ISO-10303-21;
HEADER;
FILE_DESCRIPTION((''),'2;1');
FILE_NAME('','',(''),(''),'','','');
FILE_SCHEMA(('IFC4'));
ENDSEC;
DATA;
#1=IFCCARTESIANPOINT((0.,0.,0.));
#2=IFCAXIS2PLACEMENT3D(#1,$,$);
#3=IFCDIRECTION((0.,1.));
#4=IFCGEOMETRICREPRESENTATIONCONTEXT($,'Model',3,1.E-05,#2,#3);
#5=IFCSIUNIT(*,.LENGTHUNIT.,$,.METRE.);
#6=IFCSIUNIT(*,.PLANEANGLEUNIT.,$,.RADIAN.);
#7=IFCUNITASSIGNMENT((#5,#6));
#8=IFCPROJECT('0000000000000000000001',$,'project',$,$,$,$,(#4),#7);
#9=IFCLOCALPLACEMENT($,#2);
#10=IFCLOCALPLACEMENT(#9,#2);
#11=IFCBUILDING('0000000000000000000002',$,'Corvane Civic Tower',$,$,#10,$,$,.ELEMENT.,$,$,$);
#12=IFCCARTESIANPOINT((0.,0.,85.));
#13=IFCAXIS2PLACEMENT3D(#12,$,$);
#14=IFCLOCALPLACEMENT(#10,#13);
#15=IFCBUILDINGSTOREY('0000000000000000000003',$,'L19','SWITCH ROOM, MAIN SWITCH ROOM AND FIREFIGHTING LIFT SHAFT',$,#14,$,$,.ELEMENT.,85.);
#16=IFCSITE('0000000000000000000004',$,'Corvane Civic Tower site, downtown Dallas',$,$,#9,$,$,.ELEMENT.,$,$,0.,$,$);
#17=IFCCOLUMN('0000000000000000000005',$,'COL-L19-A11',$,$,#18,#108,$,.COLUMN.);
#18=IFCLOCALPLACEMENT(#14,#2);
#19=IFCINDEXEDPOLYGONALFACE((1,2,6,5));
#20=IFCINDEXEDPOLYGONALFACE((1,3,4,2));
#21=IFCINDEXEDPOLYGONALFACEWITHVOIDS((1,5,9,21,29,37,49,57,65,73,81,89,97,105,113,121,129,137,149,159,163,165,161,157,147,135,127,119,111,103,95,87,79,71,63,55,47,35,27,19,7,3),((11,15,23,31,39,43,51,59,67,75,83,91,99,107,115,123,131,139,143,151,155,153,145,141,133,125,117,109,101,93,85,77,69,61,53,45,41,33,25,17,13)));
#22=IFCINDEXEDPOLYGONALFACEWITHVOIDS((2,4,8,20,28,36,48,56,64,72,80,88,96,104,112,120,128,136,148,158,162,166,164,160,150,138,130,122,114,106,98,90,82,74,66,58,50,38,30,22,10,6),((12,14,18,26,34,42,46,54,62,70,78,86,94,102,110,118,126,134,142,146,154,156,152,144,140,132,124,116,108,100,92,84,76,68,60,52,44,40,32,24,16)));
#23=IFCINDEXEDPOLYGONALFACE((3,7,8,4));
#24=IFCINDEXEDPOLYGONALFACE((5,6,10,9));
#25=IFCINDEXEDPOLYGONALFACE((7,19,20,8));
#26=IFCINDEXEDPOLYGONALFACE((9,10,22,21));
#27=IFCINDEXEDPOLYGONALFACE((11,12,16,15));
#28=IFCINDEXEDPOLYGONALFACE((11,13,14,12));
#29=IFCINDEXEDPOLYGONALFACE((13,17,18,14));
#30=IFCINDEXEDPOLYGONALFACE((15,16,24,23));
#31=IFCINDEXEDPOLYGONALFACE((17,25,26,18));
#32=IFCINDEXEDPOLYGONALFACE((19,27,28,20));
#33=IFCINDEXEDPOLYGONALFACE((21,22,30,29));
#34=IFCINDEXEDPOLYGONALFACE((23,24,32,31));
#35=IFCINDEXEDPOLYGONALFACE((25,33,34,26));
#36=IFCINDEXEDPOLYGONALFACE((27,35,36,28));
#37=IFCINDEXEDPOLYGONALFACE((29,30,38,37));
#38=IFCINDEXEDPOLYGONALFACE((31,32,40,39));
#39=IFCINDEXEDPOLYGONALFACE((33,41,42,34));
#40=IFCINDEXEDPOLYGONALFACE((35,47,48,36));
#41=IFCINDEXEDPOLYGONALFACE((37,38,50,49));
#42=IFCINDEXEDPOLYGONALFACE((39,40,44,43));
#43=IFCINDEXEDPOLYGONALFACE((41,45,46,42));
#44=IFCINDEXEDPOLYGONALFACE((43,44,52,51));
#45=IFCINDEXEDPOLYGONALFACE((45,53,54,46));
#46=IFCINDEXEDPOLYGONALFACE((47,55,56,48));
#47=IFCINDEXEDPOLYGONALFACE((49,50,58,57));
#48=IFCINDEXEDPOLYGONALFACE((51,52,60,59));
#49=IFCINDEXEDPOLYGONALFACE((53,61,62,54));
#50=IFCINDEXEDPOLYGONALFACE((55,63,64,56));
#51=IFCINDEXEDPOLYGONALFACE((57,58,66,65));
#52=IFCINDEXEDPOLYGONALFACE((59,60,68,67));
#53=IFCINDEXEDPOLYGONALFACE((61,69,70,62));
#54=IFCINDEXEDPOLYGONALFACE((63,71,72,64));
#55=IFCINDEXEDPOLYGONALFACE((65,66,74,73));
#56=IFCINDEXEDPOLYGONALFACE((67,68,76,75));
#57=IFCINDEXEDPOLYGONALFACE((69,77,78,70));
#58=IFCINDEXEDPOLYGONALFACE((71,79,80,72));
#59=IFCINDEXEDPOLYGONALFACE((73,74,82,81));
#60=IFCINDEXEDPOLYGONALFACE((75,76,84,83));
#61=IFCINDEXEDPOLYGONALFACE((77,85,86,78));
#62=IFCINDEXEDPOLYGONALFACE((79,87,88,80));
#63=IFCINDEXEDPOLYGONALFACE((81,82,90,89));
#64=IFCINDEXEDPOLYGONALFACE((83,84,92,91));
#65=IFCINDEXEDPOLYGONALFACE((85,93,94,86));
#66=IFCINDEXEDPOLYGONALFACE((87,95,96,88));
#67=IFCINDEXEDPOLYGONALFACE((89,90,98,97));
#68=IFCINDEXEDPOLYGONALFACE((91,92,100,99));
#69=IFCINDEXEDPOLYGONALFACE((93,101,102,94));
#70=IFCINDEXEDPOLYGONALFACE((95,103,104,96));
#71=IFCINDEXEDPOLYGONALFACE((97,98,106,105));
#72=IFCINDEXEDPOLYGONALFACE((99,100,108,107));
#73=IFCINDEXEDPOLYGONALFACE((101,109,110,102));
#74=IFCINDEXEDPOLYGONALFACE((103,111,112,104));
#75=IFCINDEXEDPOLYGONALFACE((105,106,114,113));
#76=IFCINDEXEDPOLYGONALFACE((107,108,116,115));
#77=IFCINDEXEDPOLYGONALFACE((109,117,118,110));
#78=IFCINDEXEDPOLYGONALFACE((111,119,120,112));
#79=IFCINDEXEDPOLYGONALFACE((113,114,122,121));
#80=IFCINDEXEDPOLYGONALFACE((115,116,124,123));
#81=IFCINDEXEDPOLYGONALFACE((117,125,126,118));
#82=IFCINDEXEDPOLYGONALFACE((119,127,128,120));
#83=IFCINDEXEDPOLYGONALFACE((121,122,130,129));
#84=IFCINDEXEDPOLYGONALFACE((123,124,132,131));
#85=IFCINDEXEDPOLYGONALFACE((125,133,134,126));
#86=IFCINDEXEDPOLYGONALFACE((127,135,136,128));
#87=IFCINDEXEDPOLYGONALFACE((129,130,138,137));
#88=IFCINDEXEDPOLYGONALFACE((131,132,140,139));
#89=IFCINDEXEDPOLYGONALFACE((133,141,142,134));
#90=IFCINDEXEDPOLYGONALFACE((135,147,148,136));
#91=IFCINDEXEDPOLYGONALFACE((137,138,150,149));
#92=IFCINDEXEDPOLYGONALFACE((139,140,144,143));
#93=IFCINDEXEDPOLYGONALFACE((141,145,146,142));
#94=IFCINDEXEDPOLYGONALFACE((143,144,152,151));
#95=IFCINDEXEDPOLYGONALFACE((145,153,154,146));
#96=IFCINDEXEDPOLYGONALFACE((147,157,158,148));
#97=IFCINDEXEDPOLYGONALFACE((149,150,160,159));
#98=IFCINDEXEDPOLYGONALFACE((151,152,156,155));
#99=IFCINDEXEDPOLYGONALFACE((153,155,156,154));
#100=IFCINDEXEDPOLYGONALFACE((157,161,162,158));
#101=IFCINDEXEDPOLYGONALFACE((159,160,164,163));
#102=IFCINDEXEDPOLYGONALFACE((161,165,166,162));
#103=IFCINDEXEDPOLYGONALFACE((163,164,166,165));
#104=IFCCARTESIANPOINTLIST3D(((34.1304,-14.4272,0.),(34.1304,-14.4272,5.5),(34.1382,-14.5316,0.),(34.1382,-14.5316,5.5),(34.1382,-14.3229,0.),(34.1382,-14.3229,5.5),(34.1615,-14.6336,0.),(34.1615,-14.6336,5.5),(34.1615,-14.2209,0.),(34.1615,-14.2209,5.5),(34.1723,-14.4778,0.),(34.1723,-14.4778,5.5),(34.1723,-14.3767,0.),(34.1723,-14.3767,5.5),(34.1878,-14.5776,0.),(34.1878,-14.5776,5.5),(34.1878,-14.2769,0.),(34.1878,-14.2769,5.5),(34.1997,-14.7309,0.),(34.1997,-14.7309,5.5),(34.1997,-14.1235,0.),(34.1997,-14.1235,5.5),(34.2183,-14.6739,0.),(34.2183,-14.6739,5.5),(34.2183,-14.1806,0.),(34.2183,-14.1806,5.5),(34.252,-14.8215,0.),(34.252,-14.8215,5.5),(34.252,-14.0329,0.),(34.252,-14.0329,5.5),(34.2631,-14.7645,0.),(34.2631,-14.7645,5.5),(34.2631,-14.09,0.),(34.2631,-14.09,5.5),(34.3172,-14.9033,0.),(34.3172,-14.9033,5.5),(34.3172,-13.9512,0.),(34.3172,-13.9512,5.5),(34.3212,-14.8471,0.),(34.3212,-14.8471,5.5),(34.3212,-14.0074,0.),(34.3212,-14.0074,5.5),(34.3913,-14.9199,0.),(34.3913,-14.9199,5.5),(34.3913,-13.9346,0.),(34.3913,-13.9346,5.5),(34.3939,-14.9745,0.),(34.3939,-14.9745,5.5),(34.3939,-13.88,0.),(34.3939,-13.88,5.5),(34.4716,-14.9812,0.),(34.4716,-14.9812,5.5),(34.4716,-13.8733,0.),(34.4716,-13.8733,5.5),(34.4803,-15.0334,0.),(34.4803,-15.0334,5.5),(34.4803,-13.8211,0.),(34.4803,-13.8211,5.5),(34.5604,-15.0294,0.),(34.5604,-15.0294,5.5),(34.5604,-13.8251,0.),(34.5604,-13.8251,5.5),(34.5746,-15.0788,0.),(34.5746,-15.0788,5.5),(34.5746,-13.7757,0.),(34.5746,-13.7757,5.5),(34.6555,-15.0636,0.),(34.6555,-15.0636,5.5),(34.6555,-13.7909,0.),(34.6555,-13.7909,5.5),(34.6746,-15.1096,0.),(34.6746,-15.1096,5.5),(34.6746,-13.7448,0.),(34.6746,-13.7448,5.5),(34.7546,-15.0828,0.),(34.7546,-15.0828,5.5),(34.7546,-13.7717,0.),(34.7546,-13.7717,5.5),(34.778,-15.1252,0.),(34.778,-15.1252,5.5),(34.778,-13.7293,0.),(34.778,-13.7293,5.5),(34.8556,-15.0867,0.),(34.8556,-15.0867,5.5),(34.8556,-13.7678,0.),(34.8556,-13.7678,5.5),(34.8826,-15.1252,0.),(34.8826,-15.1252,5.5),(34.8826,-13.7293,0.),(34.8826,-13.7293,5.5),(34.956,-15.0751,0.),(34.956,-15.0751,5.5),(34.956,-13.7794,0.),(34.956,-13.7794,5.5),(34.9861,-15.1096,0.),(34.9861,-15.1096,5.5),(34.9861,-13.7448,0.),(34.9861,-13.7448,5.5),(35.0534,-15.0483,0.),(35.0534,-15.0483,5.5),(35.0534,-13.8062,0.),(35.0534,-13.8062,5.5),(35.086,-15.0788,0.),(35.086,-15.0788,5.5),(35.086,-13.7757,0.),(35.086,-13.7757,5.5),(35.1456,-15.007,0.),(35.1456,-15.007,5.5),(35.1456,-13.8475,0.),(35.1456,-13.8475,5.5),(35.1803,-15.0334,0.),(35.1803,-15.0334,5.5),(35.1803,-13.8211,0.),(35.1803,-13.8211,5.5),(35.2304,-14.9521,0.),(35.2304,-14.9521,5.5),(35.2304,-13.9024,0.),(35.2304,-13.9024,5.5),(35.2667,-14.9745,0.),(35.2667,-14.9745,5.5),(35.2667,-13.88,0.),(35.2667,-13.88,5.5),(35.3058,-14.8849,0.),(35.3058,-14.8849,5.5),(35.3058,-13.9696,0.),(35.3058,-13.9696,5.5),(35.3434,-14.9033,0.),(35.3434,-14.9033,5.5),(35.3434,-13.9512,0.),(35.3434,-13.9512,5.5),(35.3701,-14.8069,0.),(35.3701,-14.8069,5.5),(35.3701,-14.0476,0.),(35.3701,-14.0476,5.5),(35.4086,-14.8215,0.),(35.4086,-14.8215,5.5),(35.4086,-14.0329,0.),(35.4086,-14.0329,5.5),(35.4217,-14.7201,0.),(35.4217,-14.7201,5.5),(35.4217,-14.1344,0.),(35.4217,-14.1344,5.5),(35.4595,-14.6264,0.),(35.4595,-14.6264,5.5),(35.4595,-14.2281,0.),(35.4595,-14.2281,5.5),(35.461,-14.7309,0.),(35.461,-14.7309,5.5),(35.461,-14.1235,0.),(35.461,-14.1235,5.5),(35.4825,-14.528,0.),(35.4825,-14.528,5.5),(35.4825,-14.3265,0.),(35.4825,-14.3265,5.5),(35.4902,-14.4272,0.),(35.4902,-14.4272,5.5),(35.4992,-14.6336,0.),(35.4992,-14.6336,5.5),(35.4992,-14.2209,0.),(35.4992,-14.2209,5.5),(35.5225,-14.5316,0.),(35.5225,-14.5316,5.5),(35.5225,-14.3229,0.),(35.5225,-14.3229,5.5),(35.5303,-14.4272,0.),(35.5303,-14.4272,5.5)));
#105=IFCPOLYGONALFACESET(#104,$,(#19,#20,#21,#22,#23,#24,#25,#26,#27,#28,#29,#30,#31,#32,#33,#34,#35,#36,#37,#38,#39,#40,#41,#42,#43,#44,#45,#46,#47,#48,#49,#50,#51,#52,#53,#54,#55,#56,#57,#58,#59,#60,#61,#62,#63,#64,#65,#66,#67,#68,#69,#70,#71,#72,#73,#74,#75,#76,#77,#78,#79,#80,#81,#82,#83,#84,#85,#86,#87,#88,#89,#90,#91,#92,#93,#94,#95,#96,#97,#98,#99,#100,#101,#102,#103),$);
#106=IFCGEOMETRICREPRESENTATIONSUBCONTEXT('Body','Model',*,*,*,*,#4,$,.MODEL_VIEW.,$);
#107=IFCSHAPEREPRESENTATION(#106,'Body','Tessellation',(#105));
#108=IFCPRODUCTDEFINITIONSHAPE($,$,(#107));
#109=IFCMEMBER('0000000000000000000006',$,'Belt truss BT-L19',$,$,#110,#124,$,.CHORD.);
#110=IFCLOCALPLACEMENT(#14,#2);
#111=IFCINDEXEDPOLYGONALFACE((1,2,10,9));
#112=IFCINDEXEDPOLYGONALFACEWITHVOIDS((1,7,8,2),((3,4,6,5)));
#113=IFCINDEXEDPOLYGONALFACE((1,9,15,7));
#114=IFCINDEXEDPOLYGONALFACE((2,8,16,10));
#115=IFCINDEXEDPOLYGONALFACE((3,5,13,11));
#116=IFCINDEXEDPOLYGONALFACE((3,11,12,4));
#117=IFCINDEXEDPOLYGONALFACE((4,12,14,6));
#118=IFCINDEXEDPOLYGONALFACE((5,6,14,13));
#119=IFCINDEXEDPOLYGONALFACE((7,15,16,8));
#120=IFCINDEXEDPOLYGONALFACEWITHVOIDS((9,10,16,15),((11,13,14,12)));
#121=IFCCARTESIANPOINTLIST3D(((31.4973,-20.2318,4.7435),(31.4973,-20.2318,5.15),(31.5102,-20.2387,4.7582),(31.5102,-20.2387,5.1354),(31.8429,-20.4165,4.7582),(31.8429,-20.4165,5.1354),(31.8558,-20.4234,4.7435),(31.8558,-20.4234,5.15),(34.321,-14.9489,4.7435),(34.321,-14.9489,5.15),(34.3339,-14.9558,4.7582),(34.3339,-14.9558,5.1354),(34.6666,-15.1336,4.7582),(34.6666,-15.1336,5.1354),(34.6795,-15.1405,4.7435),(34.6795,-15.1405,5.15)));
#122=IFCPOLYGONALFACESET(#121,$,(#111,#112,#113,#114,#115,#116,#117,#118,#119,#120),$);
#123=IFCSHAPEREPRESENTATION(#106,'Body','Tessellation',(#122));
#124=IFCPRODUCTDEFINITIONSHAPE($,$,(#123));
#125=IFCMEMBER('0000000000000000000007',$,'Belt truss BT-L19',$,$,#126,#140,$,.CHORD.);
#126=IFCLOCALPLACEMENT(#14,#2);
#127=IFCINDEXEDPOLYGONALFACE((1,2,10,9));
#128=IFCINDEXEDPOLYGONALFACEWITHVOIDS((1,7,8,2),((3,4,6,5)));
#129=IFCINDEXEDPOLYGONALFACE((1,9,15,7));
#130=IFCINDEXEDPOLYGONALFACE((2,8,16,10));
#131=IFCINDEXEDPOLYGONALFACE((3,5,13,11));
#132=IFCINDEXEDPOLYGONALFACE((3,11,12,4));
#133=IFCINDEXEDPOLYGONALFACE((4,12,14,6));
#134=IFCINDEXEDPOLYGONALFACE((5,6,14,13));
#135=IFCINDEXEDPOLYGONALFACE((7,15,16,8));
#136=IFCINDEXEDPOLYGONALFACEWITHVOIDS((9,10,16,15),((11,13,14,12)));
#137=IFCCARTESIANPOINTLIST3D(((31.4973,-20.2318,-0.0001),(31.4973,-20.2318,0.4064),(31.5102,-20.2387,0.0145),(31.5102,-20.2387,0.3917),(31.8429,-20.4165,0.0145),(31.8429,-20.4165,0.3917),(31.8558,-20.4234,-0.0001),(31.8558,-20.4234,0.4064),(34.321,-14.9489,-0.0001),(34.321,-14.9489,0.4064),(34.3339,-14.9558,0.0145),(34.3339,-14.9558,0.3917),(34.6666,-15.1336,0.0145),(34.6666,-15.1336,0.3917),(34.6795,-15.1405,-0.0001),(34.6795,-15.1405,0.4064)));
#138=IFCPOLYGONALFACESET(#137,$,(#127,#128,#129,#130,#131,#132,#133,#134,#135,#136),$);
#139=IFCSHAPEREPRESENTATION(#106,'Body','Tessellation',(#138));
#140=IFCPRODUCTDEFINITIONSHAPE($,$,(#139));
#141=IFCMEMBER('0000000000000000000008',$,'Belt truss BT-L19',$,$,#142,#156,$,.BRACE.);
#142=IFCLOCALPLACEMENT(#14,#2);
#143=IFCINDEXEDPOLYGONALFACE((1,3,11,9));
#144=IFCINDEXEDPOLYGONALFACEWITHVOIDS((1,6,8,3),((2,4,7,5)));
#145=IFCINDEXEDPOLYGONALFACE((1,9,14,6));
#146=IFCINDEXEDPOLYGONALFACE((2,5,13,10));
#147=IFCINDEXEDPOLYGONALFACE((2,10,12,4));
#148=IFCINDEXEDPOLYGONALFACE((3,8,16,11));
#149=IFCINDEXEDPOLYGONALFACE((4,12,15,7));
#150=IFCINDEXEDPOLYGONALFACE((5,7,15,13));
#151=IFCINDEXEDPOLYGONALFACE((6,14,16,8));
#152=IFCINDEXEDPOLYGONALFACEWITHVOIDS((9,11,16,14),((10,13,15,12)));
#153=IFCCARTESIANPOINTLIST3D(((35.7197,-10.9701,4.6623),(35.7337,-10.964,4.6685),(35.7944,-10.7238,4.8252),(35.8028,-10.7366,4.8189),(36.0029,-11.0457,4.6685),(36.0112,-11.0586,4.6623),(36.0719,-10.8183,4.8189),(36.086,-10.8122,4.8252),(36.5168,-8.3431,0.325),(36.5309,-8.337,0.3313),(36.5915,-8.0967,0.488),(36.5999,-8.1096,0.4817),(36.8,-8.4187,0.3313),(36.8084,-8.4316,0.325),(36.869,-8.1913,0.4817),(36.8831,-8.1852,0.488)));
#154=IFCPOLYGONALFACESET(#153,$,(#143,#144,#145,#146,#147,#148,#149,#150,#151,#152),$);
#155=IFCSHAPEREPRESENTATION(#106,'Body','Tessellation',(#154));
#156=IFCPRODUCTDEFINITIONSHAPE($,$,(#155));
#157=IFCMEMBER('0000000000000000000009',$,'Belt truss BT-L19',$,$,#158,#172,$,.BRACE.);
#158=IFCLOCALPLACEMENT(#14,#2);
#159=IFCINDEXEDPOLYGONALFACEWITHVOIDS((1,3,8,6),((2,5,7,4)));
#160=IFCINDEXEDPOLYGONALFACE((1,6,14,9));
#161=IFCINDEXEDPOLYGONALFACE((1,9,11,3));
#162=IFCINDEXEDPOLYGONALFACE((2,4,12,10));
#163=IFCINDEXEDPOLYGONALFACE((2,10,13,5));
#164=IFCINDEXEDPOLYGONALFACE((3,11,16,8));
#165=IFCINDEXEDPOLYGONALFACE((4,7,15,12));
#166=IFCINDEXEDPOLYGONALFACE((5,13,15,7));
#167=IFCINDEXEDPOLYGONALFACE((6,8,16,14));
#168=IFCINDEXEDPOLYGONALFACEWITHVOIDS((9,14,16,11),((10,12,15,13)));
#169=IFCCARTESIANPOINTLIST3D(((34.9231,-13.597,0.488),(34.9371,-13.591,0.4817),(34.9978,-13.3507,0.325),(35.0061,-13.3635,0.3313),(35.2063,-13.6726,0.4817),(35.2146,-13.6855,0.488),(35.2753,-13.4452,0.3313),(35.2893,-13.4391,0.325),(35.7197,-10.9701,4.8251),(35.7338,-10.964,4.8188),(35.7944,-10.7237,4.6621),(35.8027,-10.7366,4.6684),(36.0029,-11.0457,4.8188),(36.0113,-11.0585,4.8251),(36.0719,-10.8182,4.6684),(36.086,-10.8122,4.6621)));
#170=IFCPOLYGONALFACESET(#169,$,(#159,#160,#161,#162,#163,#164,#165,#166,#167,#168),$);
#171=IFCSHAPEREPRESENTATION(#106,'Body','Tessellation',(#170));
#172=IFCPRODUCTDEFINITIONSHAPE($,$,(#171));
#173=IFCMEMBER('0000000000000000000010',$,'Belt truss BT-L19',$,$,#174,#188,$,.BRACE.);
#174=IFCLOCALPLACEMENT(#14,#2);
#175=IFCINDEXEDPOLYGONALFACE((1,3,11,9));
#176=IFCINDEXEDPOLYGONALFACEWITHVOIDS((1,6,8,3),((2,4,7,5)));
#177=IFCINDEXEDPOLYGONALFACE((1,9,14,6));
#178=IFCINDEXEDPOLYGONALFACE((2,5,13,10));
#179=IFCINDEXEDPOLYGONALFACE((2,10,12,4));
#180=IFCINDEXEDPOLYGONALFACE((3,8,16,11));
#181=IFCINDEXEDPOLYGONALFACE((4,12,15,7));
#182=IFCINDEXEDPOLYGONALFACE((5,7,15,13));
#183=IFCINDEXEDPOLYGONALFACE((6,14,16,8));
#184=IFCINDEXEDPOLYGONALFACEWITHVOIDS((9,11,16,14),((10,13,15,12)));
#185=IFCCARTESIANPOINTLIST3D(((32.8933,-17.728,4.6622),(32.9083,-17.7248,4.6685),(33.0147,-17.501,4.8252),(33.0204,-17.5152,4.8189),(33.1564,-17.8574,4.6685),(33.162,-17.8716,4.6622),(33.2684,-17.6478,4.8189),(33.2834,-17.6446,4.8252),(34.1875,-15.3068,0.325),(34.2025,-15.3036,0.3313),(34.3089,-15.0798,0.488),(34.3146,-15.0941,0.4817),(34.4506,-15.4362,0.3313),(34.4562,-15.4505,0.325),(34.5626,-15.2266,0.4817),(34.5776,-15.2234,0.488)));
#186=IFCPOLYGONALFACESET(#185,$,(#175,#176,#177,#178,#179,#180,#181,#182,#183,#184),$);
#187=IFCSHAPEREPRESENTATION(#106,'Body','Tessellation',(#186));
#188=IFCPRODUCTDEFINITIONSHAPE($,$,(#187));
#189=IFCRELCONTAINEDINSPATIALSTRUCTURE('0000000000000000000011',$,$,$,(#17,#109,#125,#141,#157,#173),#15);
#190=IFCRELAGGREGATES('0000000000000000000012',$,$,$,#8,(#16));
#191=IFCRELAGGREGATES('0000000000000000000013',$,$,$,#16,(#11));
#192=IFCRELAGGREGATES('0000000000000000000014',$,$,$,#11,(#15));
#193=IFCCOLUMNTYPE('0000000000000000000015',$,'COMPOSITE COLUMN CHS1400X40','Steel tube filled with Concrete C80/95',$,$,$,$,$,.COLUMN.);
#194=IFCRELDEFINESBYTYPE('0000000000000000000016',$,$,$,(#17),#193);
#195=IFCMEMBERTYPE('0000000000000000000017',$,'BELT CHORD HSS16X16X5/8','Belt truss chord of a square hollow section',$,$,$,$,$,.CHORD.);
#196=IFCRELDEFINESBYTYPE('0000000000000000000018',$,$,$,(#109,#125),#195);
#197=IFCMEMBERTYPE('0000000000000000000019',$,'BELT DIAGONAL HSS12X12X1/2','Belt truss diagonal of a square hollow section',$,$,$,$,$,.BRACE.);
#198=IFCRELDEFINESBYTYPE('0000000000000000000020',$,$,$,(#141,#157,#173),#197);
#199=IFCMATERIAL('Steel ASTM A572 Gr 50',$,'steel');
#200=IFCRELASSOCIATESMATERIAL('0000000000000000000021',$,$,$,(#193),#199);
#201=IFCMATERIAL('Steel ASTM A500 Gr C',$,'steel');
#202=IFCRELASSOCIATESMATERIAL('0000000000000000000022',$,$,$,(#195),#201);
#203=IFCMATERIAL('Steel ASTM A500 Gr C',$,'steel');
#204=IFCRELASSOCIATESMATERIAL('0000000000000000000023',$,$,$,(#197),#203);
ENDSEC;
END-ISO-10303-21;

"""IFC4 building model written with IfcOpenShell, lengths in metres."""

from ifc_helpers import new_model, si_unit, direction, frame, origin, origin_2d, place, context, subcontext, project, spatial, hollow_rectangle, hollow_circle, extrude, material, material_profile, profile_set, type_object, element, save


model = new_model("IFC4")

# Units and contexts
model_context = context("Model", 3, precision=1e-05, world=origin(), true_north=direction((0.0, 1.0)))
body_context = subcontext(model_context, "Body", "Model", "MODEL_VIEW")
ifc_project = project(units=[si_unit("LENGTHUNIT", "METRE"), si_unit("PLANEANGLEUNIT", "RADIAN")], contexts=[model_context])

# Site, building, storey
site_placement = place(None, origin())
site = spatial("IfcSite", under=ifc_project, at=site_placement, Name="Corvane Civic Tower site, downtown Dallas", CompositionType="ELEMENT", RefElevation=0.0)
building_placement = place(site_placement, origin())
building = spatial("IfcBuilding", under=site, at=building_placement, Name="Corvane Civic Tower", CompositionType="ELEMENT")
storey_placement = place(building_placement, frame((0.0, 0.0, 85.0)))
storey = spatial("IfcBuildingStorey", under=building, at=storey_placement, Name="L19", Description="SWITCH ROOM, MAIN SWITCH ROOM AND FIREFIGHTING LIFT SHAFT", CompositionType="ELEMENT", Elevation=85.0)

# Column
ifc_material_1 = material(Name="Steel ASTM A572 Gr 50", Category="steel")
ifc_material_profile_1 = material_profile(ifc_material_1, hollow_circle(Radius=0.7, WallThickness=0.04, at=origin_2d()), Name="CHS1400X40")
ifc_profile_set_1 = profile_set([ifc_material_profile_1], Name="Steel ASTM A572 Gr 50")
column_type_1 = type_object("IfcColumnType", Name="COMPOSITE COLUMN CHS1400X40", Description="Steel tube filled with Concrete C80/95", PredefinedType="COLUMN", material=ifc_profile_set_1)
column_placement = place(storey_placement, frame((34.8303, -14.4272, 0.0), z_axis=(0.0, 0.0, 1.0), x_axis=(1.0, 0.0, 0.0)))
element("IfcColumn", 1, at=column_placement, inside=storey, type_object=column_type_1, Name="COL-L19-A11", PredefinedType="COLUMN", context=body_context, shape_type="SweptSolid", body=[
    extrude(hollow_circle(Radius=0.7, WallThickness=0.04, at=origin_2d()), origin(), (0.0, 0.0, 1.0), 5.5),
])

# Members
ifc_material_2 = material(Name="Steel ASTM A500 Gr C", Category="steel")
ifc_material_profile_2 = material_profile(ifc_material_2, hollow_rectangle(XDim=0.4065, YDim=0.4065, WallThickness=0.0146, at=origin_2d()), Name="HSS16X16X5/8")
ifc_profile_set_2 = profile_set([ifc_material_profile_2], Name="Steel ASTM A500 Gr C")
member_type_1 = type_object("IfcMemberType", Name="BELT CHORD HSS16X16X5/8", Description="Belt truss chord of a square hollow section", PredefinedType="CHORD", material=ifc_profile_set_2)
for number, where, z_axis, x_axis, name in (
    (2, (34.5002, -15.0447, 4.9468), (-0.471388, -0.881926, 0.0), (0.881926, -0.471388, 0.0), "Belt truss BT-L19"),
    (3, (34.5002, -15.0447, 0.2031), (-0.471388, -0.881926, 0.0), (0.881926, -0.471388, 0.0), "Belt truss BT-L19"),
):
    element("IfcMember", number, at=place(storey_placement, frame(where, z_axis=z_axis, x_axis=x_axis)), inside=storey, type_object=member_type_1, Name=name, PredefinedType="CHORD", context=body_context, shape_type="SweptSolid", body=[
        extrude(hollow_rectangle(XDim=0.4065, YDim=0.4065, WallThickness=0.0146, at=origin_2d()), origin(), (0.0, 0.0, 1.0), 5.9902),
    ])
ifc_material_3 = material(Name="Steel ASTM A500 Gr C", Category="steel")
ifc_material_profile_3 = material_profile(ifc_material_3, hollow_rectangle(XDim=0.3047, YDim=0.3047, WallThickness=0.0117, at=origin_2d()), Name="HSS12X12X1/2")
ifc_profile_set_3 = profile_set([ifc_material_profile_3], Name="Steel ASTM A500 Gr C")
member_type_2 = type_object("IfcMemberType", Name="BELT DIAGONAL HSS12X12X1/2", Description="Belt truss diagonal of a square hollow section", PredefinedType="BRACE", material=ifc_profile_set_3)
member_1_placement = place(storey_placement, frame((36.7, -8.2642, 0.4065), z_axis=(-0.155294, -0.511782, 0.844963), x_axis=(0.956916, -0.290365, 0.0)))
element("IfcMember", 4, at=member_1_placement, inside=storey, type_object=member_type_2, Name="Belt truss BT-L19", PredefinedType="BRACE", context=body_context, shape_type="SweptSolid", body=[
    extrude(hollow_rectangle(XDim=0.3047, YDim=0.3047, WallThickness=0.0117, at=origin_2d()), origin(), (0.0, 0.0, 1.0), 5.1331),
])
member_2_placement = place(storey_placement, frame((35.1062, -13.5181, 0.4065), z_axis=(0.155202, 0.511789, 0.844976), x_axis=(-0.956965, 0.290202, 0.0)))
element("IfcMember", 5, at=member_2_placement, inside=storey, type_object=member_type_2, Name="Belt truss BT-L19", PredefinedType="BRACE", context=body_context, shape_type="SweptSolid", body=[
    extrude(hollow_rectangle(XDim=0.3047, YDim=0.3047, WallThickness=0.0117, at=origin_2d()), origin(), (0.0, 0.0, 1.0), 5.1328),
])
member_3_placement = place(storey_placement, frame((34.3826, -15.2651, 0.4065), z_axis=(-0.252131, -0.471681, 0.844954), x_axis=(0.881912, -0.471414, 0.0)))
element("IfcMember", 6, at=member_3_placement, inside=storey, type_object=member_type_2, Name="Belt truss BT-L19", PredefinedType="BRACE", context=body_context, shape_type="SweptSolid", body=[
    extrude(hollow_rectangle(XDim=0.3047, YDim=0.3047, WallThickness=0.0117, at=origin_2d()), origin(), (0.0, 0.0, 1.0), 5.1331),
])

save(model, "model.ifc")
